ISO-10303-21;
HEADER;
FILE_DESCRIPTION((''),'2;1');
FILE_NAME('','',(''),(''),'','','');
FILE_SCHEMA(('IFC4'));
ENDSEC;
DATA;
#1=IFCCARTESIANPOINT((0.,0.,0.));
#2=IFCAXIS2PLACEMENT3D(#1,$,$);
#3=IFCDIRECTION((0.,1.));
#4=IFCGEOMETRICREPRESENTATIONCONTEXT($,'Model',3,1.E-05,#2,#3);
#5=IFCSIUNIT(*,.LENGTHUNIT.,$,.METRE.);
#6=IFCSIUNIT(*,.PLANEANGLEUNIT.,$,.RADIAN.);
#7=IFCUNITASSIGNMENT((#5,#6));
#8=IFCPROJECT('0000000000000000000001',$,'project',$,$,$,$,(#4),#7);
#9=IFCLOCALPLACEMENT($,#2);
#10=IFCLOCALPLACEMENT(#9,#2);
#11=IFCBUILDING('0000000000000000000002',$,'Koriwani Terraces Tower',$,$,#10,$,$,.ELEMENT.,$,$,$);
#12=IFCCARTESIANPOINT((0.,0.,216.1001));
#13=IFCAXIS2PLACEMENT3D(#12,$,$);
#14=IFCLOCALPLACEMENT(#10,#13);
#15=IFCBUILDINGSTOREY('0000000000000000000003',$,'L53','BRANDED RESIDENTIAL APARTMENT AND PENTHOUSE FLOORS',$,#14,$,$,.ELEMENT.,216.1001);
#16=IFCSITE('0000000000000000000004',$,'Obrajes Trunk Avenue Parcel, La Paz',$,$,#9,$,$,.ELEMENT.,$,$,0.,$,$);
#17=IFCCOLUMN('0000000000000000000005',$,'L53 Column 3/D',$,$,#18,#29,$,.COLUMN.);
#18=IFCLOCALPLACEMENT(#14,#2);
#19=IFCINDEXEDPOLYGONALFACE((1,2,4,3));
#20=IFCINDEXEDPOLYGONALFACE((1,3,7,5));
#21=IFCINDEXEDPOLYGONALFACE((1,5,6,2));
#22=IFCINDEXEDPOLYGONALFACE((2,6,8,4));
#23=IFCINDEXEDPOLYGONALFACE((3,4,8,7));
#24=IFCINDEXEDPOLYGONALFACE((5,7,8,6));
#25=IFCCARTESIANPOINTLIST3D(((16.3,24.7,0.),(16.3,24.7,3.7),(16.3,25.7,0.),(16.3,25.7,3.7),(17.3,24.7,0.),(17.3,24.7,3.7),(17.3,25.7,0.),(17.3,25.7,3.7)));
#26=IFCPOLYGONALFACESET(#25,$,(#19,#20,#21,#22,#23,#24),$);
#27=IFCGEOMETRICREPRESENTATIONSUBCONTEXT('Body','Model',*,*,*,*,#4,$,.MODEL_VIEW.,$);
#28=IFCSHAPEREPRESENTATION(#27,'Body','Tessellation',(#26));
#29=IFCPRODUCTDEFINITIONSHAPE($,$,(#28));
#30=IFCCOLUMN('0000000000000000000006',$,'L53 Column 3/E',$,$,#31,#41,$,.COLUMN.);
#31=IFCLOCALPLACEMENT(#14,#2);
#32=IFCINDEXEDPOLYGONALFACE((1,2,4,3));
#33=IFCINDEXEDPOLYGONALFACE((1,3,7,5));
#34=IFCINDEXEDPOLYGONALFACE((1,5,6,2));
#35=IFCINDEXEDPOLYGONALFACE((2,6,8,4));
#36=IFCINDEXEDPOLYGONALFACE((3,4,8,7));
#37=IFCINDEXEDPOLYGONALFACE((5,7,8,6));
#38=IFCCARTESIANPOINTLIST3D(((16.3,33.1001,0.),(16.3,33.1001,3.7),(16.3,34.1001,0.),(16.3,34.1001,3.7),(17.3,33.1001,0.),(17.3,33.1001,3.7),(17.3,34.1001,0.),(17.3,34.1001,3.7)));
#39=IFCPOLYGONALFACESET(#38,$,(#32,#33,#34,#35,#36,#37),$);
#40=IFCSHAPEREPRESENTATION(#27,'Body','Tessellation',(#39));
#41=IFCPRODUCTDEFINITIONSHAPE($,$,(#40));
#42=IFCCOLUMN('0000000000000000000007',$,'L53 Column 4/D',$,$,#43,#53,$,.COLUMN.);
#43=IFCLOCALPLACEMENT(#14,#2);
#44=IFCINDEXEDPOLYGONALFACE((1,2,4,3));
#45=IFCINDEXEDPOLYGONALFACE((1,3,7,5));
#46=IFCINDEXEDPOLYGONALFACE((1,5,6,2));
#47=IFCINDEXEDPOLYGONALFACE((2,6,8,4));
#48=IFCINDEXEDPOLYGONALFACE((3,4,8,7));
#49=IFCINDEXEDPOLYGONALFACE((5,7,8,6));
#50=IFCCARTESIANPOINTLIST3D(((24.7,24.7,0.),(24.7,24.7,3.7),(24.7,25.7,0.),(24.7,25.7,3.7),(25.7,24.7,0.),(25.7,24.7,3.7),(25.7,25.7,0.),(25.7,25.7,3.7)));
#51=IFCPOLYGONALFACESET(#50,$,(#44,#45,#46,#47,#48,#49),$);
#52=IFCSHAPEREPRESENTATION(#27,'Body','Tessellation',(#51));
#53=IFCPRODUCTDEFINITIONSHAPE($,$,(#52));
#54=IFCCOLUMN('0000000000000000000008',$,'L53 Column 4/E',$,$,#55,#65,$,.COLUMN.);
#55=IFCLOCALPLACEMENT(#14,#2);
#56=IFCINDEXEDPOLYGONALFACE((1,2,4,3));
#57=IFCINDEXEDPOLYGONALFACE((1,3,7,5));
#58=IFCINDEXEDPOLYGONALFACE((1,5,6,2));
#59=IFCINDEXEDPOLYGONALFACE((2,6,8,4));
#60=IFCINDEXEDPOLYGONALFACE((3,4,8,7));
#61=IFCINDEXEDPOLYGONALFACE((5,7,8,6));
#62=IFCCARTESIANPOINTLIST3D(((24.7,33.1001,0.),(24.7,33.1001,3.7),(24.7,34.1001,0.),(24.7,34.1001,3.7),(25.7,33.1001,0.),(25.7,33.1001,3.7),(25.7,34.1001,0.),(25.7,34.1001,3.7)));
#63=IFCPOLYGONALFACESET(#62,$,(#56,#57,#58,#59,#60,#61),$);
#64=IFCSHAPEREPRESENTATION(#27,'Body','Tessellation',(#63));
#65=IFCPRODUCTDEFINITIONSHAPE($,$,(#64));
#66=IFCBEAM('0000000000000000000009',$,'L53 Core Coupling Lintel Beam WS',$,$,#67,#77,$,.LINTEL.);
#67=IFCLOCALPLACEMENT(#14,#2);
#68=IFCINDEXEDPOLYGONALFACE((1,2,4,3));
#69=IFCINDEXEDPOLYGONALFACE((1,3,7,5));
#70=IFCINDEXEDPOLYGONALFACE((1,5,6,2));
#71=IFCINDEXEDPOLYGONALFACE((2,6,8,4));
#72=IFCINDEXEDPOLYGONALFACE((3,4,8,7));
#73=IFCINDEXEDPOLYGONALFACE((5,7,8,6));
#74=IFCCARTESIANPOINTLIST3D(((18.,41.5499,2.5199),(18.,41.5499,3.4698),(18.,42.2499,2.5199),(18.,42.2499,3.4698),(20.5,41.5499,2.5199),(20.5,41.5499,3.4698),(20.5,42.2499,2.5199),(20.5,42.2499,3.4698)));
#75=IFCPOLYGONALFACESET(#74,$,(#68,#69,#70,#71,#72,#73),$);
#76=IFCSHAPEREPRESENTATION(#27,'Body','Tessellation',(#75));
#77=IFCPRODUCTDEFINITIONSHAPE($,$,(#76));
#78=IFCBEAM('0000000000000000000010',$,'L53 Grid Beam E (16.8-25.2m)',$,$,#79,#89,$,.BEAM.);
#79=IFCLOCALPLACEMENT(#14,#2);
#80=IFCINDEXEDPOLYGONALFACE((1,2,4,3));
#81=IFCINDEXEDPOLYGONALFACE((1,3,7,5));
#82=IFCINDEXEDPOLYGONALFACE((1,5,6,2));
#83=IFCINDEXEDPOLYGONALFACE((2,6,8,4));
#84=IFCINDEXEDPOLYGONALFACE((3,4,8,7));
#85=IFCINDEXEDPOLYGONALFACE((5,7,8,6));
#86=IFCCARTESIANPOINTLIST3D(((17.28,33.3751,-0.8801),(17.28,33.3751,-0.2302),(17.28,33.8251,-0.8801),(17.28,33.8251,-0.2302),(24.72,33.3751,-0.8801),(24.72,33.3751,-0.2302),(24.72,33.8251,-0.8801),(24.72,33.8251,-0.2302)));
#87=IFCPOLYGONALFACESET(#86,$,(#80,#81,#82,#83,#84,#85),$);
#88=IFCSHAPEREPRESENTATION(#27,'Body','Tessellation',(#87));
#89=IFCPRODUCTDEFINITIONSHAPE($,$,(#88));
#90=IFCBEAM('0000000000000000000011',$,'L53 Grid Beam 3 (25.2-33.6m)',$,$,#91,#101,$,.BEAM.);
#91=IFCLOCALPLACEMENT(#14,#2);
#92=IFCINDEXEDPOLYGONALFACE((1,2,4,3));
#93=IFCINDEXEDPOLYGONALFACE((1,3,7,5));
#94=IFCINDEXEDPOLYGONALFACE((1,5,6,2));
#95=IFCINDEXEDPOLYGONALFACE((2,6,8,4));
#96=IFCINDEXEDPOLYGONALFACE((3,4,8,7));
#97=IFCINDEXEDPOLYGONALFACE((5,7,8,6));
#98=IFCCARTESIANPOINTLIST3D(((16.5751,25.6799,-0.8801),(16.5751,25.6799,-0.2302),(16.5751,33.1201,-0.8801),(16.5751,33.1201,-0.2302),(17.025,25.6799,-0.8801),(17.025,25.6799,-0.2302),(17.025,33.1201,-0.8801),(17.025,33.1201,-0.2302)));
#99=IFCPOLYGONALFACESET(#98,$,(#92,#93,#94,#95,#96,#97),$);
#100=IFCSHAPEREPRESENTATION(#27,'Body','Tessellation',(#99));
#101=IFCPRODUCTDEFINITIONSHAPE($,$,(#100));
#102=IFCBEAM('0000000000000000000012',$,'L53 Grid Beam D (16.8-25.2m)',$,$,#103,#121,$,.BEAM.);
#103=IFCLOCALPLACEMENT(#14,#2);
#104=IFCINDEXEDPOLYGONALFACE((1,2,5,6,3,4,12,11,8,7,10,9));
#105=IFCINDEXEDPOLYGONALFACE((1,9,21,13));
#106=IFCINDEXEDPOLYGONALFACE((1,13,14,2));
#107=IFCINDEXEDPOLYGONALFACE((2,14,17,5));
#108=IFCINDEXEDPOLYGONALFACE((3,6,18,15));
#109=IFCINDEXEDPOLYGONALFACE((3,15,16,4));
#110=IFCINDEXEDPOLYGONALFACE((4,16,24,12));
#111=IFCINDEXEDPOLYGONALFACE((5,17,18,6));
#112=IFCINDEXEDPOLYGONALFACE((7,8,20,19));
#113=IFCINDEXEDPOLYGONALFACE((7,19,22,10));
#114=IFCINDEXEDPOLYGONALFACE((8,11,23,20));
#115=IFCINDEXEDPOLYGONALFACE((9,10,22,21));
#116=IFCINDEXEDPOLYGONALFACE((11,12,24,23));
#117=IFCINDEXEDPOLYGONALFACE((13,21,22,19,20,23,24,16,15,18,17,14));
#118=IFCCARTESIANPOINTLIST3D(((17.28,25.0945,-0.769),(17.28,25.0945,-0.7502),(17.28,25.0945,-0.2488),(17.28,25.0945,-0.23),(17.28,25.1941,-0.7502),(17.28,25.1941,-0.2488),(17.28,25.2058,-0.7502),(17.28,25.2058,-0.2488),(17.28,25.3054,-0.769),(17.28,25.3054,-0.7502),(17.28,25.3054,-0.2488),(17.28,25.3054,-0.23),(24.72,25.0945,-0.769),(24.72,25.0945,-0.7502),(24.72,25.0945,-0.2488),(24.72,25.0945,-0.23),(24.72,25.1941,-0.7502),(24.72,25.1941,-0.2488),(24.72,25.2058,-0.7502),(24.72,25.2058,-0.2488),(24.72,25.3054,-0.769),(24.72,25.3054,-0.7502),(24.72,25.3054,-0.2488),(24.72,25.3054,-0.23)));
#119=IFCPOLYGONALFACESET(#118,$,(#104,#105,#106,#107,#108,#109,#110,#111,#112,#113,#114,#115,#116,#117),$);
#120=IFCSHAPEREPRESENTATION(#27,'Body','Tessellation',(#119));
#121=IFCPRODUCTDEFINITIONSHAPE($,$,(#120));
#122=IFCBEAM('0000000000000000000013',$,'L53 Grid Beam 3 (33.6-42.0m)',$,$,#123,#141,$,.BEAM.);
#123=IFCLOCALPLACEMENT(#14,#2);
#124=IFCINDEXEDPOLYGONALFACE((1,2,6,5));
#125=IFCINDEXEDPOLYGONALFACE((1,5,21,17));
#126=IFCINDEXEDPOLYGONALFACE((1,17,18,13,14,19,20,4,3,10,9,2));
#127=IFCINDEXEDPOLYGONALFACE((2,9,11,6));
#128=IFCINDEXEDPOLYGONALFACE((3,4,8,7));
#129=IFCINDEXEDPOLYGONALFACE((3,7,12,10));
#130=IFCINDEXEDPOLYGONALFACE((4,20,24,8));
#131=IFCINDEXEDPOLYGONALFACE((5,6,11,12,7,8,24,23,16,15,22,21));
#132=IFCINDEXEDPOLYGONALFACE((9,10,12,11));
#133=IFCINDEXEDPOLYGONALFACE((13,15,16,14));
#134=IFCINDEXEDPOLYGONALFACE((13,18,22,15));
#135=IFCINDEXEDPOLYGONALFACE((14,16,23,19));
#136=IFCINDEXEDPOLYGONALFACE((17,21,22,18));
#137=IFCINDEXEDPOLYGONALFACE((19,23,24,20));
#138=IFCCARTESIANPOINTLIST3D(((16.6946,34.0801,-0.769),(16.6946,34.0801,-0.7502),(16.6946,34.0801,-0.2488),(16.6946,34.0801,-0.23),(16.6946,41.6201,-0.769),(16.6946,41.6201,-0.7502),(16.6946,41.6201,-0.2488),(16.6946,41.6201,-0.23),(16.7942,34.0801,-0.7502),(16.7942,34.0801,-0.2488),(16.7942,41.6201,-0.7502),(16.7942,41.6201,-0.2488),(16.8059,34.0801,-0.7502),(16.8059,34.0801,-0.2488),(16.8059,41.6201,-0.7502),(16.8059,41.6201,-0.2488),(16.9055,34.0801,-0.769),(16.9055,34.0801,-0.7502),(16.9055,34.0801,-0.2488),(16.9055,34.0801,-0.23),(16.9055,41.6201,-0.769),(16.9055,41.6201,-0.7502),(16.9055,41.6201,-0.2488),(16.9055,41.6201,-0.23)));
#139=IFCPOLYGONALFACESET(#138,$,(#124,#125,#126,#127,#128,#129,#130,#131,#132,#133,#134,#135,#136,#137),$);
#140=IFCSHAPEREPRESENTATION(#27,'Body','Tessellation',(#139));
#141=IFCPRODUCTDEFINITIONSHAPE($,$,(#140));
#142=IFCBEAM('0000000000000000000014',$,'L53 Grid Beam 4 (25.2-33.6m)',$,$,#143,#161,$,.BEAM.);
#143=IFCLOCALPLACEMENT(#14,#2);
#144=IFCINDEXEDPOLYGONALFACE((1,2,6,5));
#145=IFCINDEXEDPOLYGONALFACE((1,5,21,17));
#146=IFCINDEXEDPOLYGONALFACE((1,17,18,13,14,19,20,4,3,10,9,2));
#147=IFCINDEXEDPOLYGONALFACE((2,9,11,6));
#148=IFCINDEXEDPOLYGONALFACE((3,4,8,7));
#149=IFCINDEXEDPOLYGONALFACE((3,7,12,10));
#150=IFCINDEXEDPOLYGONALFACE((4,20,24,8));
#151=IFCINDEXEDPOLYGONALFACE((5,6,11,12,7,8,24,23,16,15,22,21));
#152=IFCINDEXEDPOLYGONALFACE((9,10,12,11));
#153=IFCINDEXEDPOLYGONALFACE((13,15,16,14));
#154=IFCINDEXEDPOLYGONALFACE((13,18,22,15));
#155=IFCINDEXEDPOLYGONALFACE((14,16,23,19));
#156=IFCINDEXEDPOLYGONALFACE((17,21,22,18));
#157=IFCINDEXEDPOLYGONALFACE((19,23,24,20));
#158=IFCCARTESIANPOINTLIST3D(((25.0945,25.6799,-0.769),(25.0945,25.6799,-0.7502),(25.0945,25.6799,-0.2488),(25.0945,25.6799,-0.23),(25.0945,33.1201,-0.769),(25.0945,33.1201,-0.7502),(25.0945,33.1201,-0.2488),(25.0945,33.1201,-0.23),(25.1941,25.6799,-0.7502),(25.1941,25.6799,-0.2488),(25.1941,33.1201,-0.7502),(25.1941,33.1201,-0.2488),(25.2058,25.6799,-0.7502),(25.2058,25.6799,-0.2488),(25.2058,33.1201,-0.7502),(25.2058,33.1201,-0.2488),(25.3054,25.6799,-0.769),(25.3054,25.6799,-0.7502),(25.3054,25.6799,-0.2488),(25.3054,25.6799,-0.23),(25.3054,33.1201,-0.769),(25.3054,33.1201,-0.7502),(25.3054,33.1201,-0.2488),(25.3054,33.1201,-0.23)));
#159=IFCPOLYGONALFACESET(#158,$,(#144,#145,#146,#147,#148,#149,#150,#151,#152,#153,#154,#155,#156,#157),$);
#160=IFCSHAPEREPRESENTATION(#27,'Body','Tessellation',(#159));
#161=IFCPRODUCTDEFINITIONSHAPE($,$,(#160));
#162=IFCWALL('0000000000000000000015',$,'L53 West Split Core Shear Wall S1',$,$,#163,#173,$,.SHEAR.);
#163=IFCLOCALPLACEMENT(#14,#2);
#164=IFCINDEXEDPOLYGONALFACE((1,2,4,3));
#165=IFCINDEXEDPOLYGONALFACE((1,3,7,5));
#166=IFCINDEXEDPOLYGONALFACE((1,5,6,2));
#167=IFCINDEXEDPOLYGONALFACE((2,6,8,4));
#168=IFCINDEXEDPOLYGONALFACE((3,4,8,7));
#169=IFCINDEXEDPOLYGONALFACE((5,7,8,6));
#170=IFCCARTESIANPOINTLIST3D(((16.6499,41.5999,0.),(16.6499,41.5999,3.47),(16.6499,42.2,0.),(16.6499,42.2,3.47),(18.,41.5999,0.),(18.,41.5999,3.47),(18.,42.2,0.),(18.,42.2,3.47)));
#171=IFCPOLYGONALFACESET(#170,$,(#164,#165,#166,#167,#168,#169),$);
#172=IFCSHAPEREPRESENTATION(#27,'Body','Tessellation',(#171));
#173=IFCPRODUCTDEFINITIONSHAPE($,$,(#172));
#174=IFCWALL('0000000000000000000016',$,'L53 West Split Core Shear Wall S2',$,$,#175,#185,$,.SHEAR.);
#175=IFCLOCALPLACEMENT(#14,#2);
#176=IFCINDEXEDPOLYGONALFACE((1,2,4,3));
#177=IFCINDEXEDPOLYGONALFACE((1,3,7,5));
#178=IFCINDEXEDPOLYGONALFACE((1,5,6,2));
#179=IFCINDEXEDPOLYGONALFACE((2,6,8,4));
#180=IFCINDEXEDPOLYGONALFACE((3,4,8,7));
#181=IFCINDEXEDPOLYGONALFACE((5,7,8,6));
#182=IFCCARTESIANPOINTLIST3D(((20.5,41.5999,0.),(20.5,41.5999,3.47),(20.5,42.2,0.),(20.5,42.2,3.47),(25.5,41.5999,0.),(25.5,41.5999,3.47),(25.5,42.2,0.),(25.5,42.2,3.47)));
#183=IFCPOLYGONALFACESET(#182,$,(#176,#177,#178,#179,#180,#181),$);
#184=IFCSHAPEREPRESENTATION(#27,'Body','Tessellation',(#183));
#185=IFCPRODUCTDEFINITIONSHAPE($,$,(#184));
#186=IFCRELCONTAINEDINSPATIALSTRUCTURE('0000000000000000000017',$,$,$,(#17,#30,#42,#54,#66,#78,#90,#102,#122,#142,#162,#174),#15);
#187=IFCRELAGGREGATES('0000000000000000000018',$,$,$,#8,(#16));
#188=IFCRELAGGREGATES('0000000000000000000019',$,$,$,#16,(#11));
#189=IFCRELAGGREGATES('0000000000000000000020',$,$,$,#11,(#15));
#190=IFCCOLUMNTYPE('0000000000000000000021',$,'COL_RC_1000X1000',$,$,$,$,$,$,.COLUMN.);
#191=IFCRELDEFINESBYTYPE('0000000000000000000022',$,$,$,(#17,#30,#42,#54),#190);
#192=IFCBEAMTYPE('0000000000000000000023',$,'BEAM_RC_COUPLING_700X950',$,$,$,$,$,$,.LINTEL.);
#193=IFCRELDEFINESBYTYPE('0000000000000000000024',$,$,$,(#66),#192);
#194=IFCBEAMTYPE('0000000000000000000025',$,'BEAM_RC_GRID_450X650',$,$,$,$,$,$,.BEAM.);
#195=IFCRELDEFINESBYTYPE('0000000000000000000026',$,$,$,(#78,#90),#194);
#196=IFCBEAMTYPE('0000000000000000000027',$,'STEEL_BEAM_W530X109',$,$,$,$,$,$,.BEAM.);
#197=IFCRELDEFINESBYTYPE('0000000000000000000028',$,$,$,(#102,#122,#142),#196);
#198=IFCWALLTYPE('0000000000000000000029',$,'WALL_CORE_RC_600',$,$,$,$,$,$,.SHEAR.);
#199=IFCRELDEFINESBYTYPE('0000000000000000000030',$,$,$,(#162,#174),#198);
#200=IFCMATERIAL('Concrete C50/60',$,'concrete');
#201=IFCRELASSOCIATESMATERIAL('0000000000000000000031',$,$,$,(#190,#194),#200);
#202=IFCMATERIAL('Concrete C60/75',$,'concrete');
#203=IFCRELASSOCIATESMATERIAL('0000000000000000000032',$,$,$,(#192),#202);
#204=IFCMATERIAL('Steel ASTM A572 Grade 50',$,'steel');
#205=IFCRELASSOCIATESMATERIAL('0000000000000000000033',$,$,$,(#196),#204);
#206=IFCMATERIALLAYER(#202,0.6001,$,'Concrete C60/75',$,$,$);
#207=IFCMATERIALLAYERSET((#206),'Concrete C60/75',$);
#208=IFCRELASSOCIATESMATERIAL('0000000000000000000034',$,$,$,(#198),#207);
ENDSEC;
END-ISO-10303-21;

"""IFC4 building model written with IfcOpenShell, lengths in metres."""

from ifc_helpers import new_model, si_unit, direction, frame, frame_2d, origin, origin_2d, place, context, subcontext, project, spatial, rectangle, i_section, extrude, material, layer, layer_set, material_profile, profile_set, type_object, element, save


model = new_model("IFC4")

# Units and contexts
model_context = context("Model", 3, precision=1e-05, world=origin(), true_north=direction((0.0, 1.0)))
body_context = subcontext(model_context, "Body", "Model", "MODEL_VIEW")
ifc_project = project(units=[si_unit("LENGTHUNIT", "METRE"), si_unit("PLANEANGLEUNIT", "RADIAN")], contexts=[model_context])

# Site, building, storey
site_placement = place(None, origin())
site = spatial("IfcSite", under=ifc_project, at=site_placement, Name="Obrajes Trunk Avenue Parcel, La Paz", CompositionType="ELEMENT", RefElevation=0.0)
building_placement = place(site_placement, origin())
building = spatial("IfcBuilding", under=site, at=building_placement, Name="Koriwani Terraces Tower", CompositionType="ELEMENT")
storey_placement = place(building_placement, frame((0.0, 0.0, 216.1001)))
storey = spatial("IfcBuildingStorey", under=building, at=storey_placement, Name="L53", Description="BRANDED RESIDENTIAL APARTMENT AND PENTHOUSE FLOORS", CompositionType="ELEMENT", Elevation=216.1001)

# Columns
ifc_material_1 = material(Name="Concrete C50/60", Category="concrete")
ifc_material_profile_1 = material_profile(ifc_material_1, rectangle(XDim=1.0, YDim=1.0, at=origin_2d()), Name="Concrete C50/60", Category="LoadBearing")
ifc_profile_set_1 = profile_set([ifc_material_profile_1], Name="Concrete C50/60")
column_type = type_object("IfcColumnType", Name="COL_RC_1000X1000", PredefinedType="COLUMN", material=ifc_profile_set_1)
for number, where, z_axis, x_axis, name in (
    (1, (16.8, 25.2, 0.0), (0.0, 0.0, 1.0), (1.0, 0.0, 0.0), "L53 Column 3/D"),
    (2, (16.8, 33.6001, 0.0), (0.0, 0.0, 1.0), (1.0, 0.0, 0.0), "L53 Column 3/E"),
    (3, (25.2, 25.2, 0.0), (0.0, 0.0, 1.0), (1.0, 0.0, 0.0), "L53 Column 4/D"),
    (4, (25.2, 33.6001, 0.0), (0.0, 0.0, 1.0), (1.0, 0.0, 0.0), "L53 Column 4/E"),
):
    element("IfcColumn", number, at=place(storey_placement, frame(where, z_axis=z_axis, x_axis=x_axis)), inside=storey, type_object=column_type, Name=name, PredefinedType="COLUMN", context=body_context, shape_type="SweptSolid", body=[
        extrude(rectangle(XDim=1.0, YDim=1.0, at=origin_2d()), origin(), (0.0, 0.0, 1.0), 3.7),
    ])

# Beams
ifc_material_2 = material(Name="Concrete C60/75", Category="concrete")
ifc_material_profile_2 = material_profile(ifc_material_2, rectangle(XDim=0.7, YDim=0.95, at=origin_2d()), Name="Concrete C60/75", Category="LoadBearing")
ifc_profile_set_2 = profile_set([ifc_material_profile_2], Name="Concrete C60/75")
beam_type_1 = type_object("IfcBeamType", Name="BEAM_RC_COUPLING_700X950", PredefinedType="LINTEL", material=ifc_profile_set_2)
beam_1_placement = place(storey_placement, frame((18.0, 41.8999, 2.9949), z_axis=(1.0, 0.0, 0.0), x_axis=(0.0, 1.0, 0.0)))
element("IfcBeam", 5, at=beam_1_placement, inside=storey, type_object=beam_type_1, Name="L53 Core Coupling Lintel Beam WS", PredefinedType="LINTEL", context=body_context, shape_type="SweptSolid", body=[
    extrude(rectangle(XDim=0.7, YDim=0.95, at=origin_2d()), origin(), (0.0, 0.0, 1.0), 2.5),
])
ifc_material_profile_3 = material_profile(ifc_material_1, rectangle(XDim=0.45, YDim=0.6499, at=origin_2d()), Name="Concrete C50/60", Category="LoadBearing")
ifc_profile_set_3 = profile_set([ifc_material_profile_3], Name="Concrete C50/60")
beam_type_2 = type_object("IfcBeamType", Name="BEAM_RC_GRID_450X650", PredefinedType="BEAM", material=ifc_profile_set_3)
beam_2_placement = place(storey_placement, frame((17.28, 33.6001, -0.5552), z_axis=(1.0, 0.0, 0.0), x_axis=(0.0, 1.0, 0.0)))
element("IfcBeam", 6, at=beam_2_placement, inside=storey, type_object=beam_type_2, Name="L53 Grid Beam E (16.8-25.2m)", PredefinedType="BEAM", context=body_context, shape_type="SweptSolid", body=[
    extrude(rectangle(XDim=0.45, YDim=0.6499, at=origin_2d()), origin(), (0.0, 0.0, 1.0), 7.4399),
])
beam_3_placement = place(storey_placement, frame((16.8, 25.6799, -0.5552), z_axis=(0.0, 1.0, 0.0), x_axis=(-1.0, 0.0, 0.0)))
element("IfcBeam", 7, at=beam_3_placement, inside=storey, type_object=beam_type_2, Name="L53 Grid Beam 3 (25.2-33.6m)", PredefinedType="BEAM", context=body_context, shape_type="SweptSolid", body=[
    extrude(rectangle(XDim=0.45, YDim=0.6499, at=origin_2d()), origin(), (0.0, 0.0, 1.0), 7.4402),
])
ifc_material_3 = material(Name="Steel ASTM A572 Grade 50", Category="steel")
ifc_material_profile_4 = material_profile(ifc_material_3, i_section(OverallWidth=0.2109, OverallDepth=0.5391, WebThickness=0.0117, FlangeThickness=0.0188, at=origin_2d()), Name="Steel ASTM A572 Grade 50", Category="LoadBearing")
ifc_profile_set_4 = profile_set([ifc_material_profile_4], Name="Steel ASTM A572 Grade 50")
beam_type_3 = type_object("IfcBeamType", Name="STEEL_BEAM_W530X109", PredefinedType="BEAM", material=ifc_profile_set_4)
beam_4_placement = place(storey_placement, frame((17.28, 25.2, -0.4995), z_axis=(1.0, 0.0, 0.0), x_axis=(0.0, 1.0, 0.0)))
element("IfcBeam", 8, at=beam_4_placement, inside=storey, type_object=beam_type_3, Name="L53 Grid Beam D (16.8-25.2m)", PredefinedType="BEAM", context=body_context, shape_type="SweptSolid", body=[
    extrude(i_section(OverallWidth=0.2109, OverallDepth=0.5391, WebThickness=0.0117, FlangeThickness=0.0188, at=origin_2d()), origin(), (0.0, 0.0, 1.0), 7.4399),
])
beam_5_placement = place(storey_placement, frame((16.8, 34.0801, -0.4995), z_axis=(0.0, 1.0, 0.0), x_axis=(-1.0, 0.0, 0.0)))
element("IfcBeam", 9, at=beam_5_placement, inside=storey, type_object=beam_type_3, Name="L53 Grid Beam 3 (33.6-42.0m)", PredefinedType="BEAM", context=body_context, shape_type="SweptSolid", body=[
    extrude(i_section(OverallWidth=0.2109, OverallDepth=0.5391, WebThickness=0.0117, FlangeThickness=0.0188, at=origin_2d()), origin(), (0.0, 0.0, 1.0), 7.54),
])
beam_6_placement = place(storey_placement, frame((25.2, 25.6799, -0.4995), z_axis=(0.0, 1.0, 0.0), x_axis=(-1.0, 0.0, 0.0)))
element("IfcBeam", 10, at=beam_6_placement, inside=storey, type_object=beam_type_3, Name="L53 Grid Beam 4 (25.2-33.6m)", PredefinedType="BEAM", context=body_context, shape_type="SweptSolid", body=[
    extrude(i_section(OverallWidth=0.2109, OverallDepth=0.5391, WebThickness=0.0117, FlangeThickness=0.0188, at=origin_2d()), origin(), (0.0, 0.0, 1.0), 7.4402),
])

# Walls
ifc_layer_1 = layer(ifc_material_2, 0.6001, Name="Concrete C60/75")
ifc_layer_set_1 = layer_set([ifc_layer_1], Name="Concrete C60/75")
wall_type_1 = type_object("IfcWallType", Name="WALL_CORE_RC_600", PredefinedType="SHEAR", material=ifc_layer_set_1)
wall_1_placement = place(storey_placement, frame((16.6499, 41.8999, 0.0), z_axis=(0.0, 0.0, 1.0), x_axis=(1.0, 0.0, 0.0)))
element("IfcWall", 11, at=wall_1_placement, inside=storey, type_object=wall_type_1, Name="L53 West Split Core Shear Wall S1", PredefinedType="SHEAR", context=body_context, shape_type="SweptSolid", body=[
    extrude(rectangle(XDim=1.3501, YDim=0.6001, at=frame_2d((0.675, 0.0))), origin(), (0.0, 0.0, 1.0), 3.47),
])
wall_2_placement = place(storey_placement, frame((20.5, 41.8999, 0.0), z_axis=(0.0, 0.0, 1.0), x_axis=(1.0, 0.0, 0.0)))
element("IfcWall", 12, at=wall_2_placement, inside=storey, type_object=wall_type_1, Name="L53 West Split Core Shear Wall S2", PredefinedType="SHEAR", context=body_context, shape_type="SweptSolid", body=[
    extrude(rectangle(XDim=5.0, YDim=0.6001, at=frame_2d((2.5, 0.0))), origin(), (0.0, 0.0, 1.0), 3.47),
])

save(model, "model.ifc")
